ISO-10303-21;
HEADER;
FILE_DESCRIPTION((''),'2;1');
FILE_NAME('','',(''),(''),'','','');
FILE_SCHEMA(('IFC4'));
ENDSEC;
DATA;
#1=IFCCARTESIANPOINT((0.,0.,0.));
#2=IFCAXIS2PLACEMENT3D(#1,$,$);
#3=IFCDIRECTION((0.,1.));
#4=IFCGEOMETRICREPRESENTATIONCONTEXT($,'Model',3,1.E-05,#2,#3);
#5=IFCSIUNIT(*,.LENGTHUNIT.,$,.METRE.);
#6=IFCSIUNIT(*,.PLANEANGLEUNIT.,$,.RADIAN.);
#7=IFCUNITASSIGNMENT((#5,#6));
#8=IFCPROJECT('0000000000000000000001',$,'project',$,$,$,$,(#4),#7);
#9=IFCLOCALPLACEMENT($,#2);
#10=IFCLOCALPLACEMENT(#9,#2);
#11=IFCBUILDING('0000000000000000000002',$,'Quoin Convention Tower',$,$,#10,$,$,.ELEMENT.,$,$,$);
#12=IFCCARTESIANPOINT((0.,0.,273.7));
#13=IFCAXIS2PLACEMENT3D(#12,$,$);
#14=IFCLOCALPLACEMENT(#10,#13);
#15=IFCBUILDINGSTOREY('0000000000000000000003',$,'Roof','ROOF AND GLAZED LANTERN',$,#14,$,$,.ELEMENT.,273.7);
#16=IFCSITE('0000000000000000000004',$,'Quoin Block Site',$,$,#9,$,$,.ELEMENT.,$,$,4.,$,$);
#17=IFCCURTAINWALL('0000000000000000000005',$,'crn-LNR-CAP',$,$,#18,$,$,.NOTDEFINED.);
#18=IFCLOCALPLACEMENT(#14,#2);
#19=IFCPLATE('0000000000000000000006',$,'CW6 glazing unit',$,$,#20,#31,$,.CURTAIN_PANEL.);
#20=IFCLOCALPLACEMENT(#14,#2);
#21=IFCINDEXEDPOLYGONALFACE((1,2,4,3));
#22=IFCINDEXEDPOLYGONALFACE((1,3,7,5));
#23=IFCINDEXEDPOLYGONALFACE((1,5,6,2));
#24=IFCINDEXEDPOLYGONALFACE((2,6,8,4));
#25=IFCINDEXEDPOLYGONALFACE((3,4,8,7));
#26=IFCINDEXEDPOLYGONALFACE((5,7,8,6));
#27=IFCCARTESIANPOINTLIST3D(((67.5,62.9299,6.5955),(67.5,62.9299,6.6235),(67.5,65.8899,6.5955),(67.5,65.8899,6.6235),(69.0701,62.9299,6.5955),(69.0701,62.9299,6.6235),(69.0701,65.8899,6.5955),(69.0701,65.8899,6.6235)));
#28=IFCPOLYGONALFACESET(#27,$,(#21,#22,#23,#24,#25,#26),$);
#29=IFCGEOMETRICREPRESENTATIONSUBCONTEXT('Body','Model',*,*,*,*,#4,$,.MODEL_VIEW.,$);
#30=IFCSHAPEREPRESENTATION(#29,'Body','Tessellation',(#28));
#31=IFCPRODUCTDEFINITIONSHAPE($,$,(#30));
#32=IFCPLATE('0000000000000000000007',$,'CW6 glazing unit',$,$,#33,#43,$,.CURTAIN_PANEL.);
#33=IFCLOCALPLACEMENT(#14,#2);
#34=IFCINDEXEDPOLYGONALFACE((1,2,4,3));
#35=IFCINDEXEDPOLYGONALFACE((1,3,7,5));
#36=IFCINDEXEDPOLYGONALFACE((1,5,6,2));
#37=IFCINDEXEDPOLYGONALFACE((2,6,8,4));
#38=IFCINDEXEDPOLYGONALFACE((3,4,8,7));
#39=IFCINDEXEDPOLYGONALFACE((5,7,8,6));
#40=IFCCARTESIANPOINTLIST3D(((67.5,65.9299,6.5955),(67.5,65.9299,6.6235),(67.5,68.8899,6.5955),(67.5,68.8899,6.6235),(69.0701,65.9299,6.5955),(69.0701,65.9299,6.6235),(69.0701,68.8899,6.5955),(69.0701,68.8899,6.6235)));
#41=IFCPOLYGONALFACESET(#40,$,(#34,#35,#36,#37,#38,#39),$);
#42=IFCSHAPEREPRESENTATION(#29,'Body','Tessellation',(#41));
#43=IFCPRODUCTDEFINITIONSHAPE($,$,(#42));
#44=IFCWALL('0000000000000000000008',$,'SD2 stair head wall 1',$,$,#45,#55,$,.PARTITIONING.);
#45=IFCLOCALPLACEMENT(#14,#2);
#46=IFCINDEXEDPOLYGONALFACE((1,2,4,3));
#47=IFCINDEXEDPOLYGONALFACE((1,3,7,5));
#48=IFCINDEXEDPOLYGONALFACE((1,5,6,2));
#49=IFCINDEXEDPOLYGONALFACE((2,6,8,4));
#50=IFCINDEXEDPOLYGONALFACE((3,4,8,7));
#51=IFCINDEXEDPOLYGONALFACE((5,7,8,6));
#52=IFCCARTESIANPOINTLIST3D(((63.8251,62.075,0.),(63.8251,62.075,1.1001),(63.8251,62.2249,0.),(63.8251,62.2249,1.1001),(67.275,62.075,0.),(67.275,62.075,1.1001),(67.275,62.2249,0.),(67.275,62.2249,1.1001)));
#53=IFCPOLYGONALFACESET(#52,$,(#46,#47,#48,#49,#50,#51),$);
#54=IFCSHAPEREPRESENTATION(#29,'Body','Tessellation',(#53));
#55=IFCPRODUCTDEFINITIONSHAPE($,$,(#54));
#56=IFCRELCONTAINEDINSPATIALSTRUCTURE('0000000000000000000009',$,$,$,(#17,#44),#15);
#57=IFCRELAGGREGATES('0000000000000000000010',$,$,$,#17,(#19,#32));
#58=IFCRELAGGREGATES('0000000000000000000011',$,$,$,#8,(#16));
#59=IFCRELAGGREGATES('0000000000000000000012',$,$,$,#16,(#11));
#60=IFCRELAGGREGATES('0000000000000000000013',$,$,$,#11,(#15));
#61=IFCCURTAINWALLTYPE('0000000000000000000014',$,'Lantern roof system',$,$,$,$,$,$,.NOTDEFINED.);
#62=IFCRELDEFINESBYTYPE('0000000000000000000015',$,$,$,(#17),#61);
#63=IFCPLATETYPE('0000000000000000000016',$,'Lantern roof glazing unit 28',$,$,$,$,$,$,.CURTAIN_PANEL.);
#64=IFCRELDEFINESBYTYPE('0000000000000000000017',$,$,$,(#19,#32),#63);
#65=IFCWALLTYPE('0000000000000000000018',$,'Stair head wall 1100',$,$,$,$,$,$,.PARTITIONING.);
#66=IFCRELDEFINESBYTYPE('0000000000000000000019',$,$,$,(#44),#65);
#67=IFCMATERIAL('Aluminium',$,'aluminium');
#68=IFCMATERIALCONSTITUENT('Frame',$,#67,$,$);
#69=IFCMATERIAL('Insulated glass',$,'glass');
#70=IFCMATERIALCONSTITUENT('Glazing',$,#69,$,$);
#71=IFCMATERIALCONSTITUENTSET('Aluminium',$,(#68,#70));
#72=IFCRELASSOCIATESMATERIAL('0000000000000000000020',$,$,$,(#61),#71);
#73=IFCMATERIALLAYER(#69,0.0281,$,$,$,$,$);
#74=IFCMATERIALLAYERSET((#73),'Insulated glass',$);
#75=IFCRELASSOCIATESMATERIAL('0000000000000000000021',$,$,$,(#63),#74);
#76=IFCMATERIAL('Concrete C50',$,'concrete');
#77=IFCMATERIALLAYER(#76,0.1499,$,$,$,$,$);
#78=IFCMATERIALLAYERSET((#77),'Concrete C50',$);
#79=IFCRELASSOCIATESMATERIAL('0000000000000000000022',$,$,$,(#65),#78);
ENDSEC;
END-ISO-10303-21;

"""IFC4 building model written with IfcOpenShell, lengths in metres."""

from ifc_helpers import new_model, si_unit, direction, frame, frame_2d, origin, place, context, subcontext, project, spatial, polyline, rectangle, outline, extrude, material, layer, layer_set, constituent, constituent_set, type_object, element, aggregate, save


model = new_model("IFC4")

# Units and contexts
model_context = context("Model", 3, precision=1e-05, world=origin(), true_north=direction((0.0, 1.0)))
body_context = subcontext(model_context, "Body", "Model", "MODEL_VIEW")
ifc_project = project(units=[si_unit("LENGTHUNIT", "METRE"), si_unit("PLANEANGLEUNIT", "RADIAN")], contexts=[model_context])

# Site, building, storey
site_placement = place(None, origin())
site = spatial("IfcSite", under=ifc_project, at=site_placement, Name="Quoin Block Site", CompositionType="ELEMENT", RefElevation=4.0)
building_placement = place(site_placement, origin())
building = spatial("IfcBuilding", under=site, at=building_placement, Name="Quoin Convention Tower", CompositionType="ELEMENT")
storey_placement = place(building_placement, frame((0.0, 0.0, 273.7)))
storey = spatial("IfcBuildingStorey", under=building, at=storey_placement, Name="Roof", Description="ROOF AND GLAZED LANTERN", CompositionType="ELEMENT", Elevation=273.7)

# Curtain wall, plates
ifc_material_1 = material(Name="Aluminium", Category="aluminium")
ifc_constituent_1 = constituent(ifc_material_1, Name="Frame")
ifc_material_2 = material(Name="Insulated glass", Category="glass")
ifc_constituent_2 = constituent(ifc_material_2, Name="Glazing")
ifc_constituent_set = constituent_set(constituents=[ifc_constituent_1, ifc_constituent_2], Name="Aluminium")
curtain_wall_type = type_object("IfcCurtainWallType", Name="Lantern roof system", PredefinedType="NOTDEFINED", material=ifc_constituent_set)
curtain_wall_placement = place(storey_placement, origin())
curtain_wall = element("IfcCurtainWall", 1, at=curtain_wall_placement, inside=storey, type_object=curtain_wall_type, Name="crn-LNR-CAP", PredefinedType="NOTDEFINED")
ifc_layer_1 = layer(ifc_material_2, 0.0281)
ifc_layer_set_1 = layer_set([ifc_layer_1], Name="Insulated glass")
plate_type = type_object("IfcPlateType", Name="Lantern roof glazing unit 28", PredefinedType="CURTAIN_PANEL", material=ifc_layer_set_1)
plate_1_placement = place(storey_placement, frame((67.5, 62.9299, 6.6235), z_axis=(0.0, 0.0, 1.0), x_axis=(0.0, 1.0, 0.0)))
plate_1 = element("IfcPlate", 2, at=plate_1_placement, type_object=plate_type, Name="CW6 glazing unit", PredefinedType="CURTAIN_PANEL", context=body_context, shape_type="SweptSolid", body=[
    extrude(outline(polyline([(0.0, 0.0), (2.96, 0.0), (2.96, -1.5701), (0.0, -1.5701), (0.0, 0.0)])), origin(), (0.0, 0.0, -1.0), 0.0281),
])
plate_2_placement = place(storey_placement, frame((67.5, 65.9299, 6.6235), z_axis=(0.0, 0.0, 1.0), x_axis=(0.0, 1.0, 0.0)))
plate_2 = element("IfcPlate", 3, at=plate_2_placement, type_object=plate_type, Name="CW6 glazing unit", PredefinedType="CURTAIN_PANEL", context=body_context, shape_type="SweptSolid", body=[
    extrude(outline(polyline([(0.0, 0.0), (2.96, 0.0), (2.96, -1.5701), (0.0, -1.5701), (0.0, 0.0)])), origin(), (0.0, 0.0, -1.0), 0.0281),
])
aggregate(curtain_wall, [plate_1, plate_2])

# Wall
ifc_material_3 = material(Name="Concrete C50", Category="concrete")
ifc_layer_2 = layer(ifc_material_3, 0.1499)
ifc_layer_set_2 = layer_set([ifc_layer_2], Name="Concrete C50")
wall_type = type_object("IfcWallType", Name="Stair head wall 1100", PredefinedType="PARTITIONING", material=ifc_layer_set_2)
wall_placement = place(storey_placement, frame((63.825, 62.1499, 0.0), z_axis=(0.0, 0.0, 1.0), x_axis=(1.0, 0.0, 0.0)))
element("IfcWall", 4, at=wall_placement, inside=storey, type_object=wall_type, Name="SD2 stair head wall 1", PredefinedType="PARTITIONING", context=body_context, shape_type="SweptSolid", body=[
    extrude(rectangle(XDim=3.45, YDim=0.1499, at=frame_2d((1.7251, 0.0))), origin(), (0.0, 0.0, 1.0), 1.1001),
])

save(model, "model.ifc")
